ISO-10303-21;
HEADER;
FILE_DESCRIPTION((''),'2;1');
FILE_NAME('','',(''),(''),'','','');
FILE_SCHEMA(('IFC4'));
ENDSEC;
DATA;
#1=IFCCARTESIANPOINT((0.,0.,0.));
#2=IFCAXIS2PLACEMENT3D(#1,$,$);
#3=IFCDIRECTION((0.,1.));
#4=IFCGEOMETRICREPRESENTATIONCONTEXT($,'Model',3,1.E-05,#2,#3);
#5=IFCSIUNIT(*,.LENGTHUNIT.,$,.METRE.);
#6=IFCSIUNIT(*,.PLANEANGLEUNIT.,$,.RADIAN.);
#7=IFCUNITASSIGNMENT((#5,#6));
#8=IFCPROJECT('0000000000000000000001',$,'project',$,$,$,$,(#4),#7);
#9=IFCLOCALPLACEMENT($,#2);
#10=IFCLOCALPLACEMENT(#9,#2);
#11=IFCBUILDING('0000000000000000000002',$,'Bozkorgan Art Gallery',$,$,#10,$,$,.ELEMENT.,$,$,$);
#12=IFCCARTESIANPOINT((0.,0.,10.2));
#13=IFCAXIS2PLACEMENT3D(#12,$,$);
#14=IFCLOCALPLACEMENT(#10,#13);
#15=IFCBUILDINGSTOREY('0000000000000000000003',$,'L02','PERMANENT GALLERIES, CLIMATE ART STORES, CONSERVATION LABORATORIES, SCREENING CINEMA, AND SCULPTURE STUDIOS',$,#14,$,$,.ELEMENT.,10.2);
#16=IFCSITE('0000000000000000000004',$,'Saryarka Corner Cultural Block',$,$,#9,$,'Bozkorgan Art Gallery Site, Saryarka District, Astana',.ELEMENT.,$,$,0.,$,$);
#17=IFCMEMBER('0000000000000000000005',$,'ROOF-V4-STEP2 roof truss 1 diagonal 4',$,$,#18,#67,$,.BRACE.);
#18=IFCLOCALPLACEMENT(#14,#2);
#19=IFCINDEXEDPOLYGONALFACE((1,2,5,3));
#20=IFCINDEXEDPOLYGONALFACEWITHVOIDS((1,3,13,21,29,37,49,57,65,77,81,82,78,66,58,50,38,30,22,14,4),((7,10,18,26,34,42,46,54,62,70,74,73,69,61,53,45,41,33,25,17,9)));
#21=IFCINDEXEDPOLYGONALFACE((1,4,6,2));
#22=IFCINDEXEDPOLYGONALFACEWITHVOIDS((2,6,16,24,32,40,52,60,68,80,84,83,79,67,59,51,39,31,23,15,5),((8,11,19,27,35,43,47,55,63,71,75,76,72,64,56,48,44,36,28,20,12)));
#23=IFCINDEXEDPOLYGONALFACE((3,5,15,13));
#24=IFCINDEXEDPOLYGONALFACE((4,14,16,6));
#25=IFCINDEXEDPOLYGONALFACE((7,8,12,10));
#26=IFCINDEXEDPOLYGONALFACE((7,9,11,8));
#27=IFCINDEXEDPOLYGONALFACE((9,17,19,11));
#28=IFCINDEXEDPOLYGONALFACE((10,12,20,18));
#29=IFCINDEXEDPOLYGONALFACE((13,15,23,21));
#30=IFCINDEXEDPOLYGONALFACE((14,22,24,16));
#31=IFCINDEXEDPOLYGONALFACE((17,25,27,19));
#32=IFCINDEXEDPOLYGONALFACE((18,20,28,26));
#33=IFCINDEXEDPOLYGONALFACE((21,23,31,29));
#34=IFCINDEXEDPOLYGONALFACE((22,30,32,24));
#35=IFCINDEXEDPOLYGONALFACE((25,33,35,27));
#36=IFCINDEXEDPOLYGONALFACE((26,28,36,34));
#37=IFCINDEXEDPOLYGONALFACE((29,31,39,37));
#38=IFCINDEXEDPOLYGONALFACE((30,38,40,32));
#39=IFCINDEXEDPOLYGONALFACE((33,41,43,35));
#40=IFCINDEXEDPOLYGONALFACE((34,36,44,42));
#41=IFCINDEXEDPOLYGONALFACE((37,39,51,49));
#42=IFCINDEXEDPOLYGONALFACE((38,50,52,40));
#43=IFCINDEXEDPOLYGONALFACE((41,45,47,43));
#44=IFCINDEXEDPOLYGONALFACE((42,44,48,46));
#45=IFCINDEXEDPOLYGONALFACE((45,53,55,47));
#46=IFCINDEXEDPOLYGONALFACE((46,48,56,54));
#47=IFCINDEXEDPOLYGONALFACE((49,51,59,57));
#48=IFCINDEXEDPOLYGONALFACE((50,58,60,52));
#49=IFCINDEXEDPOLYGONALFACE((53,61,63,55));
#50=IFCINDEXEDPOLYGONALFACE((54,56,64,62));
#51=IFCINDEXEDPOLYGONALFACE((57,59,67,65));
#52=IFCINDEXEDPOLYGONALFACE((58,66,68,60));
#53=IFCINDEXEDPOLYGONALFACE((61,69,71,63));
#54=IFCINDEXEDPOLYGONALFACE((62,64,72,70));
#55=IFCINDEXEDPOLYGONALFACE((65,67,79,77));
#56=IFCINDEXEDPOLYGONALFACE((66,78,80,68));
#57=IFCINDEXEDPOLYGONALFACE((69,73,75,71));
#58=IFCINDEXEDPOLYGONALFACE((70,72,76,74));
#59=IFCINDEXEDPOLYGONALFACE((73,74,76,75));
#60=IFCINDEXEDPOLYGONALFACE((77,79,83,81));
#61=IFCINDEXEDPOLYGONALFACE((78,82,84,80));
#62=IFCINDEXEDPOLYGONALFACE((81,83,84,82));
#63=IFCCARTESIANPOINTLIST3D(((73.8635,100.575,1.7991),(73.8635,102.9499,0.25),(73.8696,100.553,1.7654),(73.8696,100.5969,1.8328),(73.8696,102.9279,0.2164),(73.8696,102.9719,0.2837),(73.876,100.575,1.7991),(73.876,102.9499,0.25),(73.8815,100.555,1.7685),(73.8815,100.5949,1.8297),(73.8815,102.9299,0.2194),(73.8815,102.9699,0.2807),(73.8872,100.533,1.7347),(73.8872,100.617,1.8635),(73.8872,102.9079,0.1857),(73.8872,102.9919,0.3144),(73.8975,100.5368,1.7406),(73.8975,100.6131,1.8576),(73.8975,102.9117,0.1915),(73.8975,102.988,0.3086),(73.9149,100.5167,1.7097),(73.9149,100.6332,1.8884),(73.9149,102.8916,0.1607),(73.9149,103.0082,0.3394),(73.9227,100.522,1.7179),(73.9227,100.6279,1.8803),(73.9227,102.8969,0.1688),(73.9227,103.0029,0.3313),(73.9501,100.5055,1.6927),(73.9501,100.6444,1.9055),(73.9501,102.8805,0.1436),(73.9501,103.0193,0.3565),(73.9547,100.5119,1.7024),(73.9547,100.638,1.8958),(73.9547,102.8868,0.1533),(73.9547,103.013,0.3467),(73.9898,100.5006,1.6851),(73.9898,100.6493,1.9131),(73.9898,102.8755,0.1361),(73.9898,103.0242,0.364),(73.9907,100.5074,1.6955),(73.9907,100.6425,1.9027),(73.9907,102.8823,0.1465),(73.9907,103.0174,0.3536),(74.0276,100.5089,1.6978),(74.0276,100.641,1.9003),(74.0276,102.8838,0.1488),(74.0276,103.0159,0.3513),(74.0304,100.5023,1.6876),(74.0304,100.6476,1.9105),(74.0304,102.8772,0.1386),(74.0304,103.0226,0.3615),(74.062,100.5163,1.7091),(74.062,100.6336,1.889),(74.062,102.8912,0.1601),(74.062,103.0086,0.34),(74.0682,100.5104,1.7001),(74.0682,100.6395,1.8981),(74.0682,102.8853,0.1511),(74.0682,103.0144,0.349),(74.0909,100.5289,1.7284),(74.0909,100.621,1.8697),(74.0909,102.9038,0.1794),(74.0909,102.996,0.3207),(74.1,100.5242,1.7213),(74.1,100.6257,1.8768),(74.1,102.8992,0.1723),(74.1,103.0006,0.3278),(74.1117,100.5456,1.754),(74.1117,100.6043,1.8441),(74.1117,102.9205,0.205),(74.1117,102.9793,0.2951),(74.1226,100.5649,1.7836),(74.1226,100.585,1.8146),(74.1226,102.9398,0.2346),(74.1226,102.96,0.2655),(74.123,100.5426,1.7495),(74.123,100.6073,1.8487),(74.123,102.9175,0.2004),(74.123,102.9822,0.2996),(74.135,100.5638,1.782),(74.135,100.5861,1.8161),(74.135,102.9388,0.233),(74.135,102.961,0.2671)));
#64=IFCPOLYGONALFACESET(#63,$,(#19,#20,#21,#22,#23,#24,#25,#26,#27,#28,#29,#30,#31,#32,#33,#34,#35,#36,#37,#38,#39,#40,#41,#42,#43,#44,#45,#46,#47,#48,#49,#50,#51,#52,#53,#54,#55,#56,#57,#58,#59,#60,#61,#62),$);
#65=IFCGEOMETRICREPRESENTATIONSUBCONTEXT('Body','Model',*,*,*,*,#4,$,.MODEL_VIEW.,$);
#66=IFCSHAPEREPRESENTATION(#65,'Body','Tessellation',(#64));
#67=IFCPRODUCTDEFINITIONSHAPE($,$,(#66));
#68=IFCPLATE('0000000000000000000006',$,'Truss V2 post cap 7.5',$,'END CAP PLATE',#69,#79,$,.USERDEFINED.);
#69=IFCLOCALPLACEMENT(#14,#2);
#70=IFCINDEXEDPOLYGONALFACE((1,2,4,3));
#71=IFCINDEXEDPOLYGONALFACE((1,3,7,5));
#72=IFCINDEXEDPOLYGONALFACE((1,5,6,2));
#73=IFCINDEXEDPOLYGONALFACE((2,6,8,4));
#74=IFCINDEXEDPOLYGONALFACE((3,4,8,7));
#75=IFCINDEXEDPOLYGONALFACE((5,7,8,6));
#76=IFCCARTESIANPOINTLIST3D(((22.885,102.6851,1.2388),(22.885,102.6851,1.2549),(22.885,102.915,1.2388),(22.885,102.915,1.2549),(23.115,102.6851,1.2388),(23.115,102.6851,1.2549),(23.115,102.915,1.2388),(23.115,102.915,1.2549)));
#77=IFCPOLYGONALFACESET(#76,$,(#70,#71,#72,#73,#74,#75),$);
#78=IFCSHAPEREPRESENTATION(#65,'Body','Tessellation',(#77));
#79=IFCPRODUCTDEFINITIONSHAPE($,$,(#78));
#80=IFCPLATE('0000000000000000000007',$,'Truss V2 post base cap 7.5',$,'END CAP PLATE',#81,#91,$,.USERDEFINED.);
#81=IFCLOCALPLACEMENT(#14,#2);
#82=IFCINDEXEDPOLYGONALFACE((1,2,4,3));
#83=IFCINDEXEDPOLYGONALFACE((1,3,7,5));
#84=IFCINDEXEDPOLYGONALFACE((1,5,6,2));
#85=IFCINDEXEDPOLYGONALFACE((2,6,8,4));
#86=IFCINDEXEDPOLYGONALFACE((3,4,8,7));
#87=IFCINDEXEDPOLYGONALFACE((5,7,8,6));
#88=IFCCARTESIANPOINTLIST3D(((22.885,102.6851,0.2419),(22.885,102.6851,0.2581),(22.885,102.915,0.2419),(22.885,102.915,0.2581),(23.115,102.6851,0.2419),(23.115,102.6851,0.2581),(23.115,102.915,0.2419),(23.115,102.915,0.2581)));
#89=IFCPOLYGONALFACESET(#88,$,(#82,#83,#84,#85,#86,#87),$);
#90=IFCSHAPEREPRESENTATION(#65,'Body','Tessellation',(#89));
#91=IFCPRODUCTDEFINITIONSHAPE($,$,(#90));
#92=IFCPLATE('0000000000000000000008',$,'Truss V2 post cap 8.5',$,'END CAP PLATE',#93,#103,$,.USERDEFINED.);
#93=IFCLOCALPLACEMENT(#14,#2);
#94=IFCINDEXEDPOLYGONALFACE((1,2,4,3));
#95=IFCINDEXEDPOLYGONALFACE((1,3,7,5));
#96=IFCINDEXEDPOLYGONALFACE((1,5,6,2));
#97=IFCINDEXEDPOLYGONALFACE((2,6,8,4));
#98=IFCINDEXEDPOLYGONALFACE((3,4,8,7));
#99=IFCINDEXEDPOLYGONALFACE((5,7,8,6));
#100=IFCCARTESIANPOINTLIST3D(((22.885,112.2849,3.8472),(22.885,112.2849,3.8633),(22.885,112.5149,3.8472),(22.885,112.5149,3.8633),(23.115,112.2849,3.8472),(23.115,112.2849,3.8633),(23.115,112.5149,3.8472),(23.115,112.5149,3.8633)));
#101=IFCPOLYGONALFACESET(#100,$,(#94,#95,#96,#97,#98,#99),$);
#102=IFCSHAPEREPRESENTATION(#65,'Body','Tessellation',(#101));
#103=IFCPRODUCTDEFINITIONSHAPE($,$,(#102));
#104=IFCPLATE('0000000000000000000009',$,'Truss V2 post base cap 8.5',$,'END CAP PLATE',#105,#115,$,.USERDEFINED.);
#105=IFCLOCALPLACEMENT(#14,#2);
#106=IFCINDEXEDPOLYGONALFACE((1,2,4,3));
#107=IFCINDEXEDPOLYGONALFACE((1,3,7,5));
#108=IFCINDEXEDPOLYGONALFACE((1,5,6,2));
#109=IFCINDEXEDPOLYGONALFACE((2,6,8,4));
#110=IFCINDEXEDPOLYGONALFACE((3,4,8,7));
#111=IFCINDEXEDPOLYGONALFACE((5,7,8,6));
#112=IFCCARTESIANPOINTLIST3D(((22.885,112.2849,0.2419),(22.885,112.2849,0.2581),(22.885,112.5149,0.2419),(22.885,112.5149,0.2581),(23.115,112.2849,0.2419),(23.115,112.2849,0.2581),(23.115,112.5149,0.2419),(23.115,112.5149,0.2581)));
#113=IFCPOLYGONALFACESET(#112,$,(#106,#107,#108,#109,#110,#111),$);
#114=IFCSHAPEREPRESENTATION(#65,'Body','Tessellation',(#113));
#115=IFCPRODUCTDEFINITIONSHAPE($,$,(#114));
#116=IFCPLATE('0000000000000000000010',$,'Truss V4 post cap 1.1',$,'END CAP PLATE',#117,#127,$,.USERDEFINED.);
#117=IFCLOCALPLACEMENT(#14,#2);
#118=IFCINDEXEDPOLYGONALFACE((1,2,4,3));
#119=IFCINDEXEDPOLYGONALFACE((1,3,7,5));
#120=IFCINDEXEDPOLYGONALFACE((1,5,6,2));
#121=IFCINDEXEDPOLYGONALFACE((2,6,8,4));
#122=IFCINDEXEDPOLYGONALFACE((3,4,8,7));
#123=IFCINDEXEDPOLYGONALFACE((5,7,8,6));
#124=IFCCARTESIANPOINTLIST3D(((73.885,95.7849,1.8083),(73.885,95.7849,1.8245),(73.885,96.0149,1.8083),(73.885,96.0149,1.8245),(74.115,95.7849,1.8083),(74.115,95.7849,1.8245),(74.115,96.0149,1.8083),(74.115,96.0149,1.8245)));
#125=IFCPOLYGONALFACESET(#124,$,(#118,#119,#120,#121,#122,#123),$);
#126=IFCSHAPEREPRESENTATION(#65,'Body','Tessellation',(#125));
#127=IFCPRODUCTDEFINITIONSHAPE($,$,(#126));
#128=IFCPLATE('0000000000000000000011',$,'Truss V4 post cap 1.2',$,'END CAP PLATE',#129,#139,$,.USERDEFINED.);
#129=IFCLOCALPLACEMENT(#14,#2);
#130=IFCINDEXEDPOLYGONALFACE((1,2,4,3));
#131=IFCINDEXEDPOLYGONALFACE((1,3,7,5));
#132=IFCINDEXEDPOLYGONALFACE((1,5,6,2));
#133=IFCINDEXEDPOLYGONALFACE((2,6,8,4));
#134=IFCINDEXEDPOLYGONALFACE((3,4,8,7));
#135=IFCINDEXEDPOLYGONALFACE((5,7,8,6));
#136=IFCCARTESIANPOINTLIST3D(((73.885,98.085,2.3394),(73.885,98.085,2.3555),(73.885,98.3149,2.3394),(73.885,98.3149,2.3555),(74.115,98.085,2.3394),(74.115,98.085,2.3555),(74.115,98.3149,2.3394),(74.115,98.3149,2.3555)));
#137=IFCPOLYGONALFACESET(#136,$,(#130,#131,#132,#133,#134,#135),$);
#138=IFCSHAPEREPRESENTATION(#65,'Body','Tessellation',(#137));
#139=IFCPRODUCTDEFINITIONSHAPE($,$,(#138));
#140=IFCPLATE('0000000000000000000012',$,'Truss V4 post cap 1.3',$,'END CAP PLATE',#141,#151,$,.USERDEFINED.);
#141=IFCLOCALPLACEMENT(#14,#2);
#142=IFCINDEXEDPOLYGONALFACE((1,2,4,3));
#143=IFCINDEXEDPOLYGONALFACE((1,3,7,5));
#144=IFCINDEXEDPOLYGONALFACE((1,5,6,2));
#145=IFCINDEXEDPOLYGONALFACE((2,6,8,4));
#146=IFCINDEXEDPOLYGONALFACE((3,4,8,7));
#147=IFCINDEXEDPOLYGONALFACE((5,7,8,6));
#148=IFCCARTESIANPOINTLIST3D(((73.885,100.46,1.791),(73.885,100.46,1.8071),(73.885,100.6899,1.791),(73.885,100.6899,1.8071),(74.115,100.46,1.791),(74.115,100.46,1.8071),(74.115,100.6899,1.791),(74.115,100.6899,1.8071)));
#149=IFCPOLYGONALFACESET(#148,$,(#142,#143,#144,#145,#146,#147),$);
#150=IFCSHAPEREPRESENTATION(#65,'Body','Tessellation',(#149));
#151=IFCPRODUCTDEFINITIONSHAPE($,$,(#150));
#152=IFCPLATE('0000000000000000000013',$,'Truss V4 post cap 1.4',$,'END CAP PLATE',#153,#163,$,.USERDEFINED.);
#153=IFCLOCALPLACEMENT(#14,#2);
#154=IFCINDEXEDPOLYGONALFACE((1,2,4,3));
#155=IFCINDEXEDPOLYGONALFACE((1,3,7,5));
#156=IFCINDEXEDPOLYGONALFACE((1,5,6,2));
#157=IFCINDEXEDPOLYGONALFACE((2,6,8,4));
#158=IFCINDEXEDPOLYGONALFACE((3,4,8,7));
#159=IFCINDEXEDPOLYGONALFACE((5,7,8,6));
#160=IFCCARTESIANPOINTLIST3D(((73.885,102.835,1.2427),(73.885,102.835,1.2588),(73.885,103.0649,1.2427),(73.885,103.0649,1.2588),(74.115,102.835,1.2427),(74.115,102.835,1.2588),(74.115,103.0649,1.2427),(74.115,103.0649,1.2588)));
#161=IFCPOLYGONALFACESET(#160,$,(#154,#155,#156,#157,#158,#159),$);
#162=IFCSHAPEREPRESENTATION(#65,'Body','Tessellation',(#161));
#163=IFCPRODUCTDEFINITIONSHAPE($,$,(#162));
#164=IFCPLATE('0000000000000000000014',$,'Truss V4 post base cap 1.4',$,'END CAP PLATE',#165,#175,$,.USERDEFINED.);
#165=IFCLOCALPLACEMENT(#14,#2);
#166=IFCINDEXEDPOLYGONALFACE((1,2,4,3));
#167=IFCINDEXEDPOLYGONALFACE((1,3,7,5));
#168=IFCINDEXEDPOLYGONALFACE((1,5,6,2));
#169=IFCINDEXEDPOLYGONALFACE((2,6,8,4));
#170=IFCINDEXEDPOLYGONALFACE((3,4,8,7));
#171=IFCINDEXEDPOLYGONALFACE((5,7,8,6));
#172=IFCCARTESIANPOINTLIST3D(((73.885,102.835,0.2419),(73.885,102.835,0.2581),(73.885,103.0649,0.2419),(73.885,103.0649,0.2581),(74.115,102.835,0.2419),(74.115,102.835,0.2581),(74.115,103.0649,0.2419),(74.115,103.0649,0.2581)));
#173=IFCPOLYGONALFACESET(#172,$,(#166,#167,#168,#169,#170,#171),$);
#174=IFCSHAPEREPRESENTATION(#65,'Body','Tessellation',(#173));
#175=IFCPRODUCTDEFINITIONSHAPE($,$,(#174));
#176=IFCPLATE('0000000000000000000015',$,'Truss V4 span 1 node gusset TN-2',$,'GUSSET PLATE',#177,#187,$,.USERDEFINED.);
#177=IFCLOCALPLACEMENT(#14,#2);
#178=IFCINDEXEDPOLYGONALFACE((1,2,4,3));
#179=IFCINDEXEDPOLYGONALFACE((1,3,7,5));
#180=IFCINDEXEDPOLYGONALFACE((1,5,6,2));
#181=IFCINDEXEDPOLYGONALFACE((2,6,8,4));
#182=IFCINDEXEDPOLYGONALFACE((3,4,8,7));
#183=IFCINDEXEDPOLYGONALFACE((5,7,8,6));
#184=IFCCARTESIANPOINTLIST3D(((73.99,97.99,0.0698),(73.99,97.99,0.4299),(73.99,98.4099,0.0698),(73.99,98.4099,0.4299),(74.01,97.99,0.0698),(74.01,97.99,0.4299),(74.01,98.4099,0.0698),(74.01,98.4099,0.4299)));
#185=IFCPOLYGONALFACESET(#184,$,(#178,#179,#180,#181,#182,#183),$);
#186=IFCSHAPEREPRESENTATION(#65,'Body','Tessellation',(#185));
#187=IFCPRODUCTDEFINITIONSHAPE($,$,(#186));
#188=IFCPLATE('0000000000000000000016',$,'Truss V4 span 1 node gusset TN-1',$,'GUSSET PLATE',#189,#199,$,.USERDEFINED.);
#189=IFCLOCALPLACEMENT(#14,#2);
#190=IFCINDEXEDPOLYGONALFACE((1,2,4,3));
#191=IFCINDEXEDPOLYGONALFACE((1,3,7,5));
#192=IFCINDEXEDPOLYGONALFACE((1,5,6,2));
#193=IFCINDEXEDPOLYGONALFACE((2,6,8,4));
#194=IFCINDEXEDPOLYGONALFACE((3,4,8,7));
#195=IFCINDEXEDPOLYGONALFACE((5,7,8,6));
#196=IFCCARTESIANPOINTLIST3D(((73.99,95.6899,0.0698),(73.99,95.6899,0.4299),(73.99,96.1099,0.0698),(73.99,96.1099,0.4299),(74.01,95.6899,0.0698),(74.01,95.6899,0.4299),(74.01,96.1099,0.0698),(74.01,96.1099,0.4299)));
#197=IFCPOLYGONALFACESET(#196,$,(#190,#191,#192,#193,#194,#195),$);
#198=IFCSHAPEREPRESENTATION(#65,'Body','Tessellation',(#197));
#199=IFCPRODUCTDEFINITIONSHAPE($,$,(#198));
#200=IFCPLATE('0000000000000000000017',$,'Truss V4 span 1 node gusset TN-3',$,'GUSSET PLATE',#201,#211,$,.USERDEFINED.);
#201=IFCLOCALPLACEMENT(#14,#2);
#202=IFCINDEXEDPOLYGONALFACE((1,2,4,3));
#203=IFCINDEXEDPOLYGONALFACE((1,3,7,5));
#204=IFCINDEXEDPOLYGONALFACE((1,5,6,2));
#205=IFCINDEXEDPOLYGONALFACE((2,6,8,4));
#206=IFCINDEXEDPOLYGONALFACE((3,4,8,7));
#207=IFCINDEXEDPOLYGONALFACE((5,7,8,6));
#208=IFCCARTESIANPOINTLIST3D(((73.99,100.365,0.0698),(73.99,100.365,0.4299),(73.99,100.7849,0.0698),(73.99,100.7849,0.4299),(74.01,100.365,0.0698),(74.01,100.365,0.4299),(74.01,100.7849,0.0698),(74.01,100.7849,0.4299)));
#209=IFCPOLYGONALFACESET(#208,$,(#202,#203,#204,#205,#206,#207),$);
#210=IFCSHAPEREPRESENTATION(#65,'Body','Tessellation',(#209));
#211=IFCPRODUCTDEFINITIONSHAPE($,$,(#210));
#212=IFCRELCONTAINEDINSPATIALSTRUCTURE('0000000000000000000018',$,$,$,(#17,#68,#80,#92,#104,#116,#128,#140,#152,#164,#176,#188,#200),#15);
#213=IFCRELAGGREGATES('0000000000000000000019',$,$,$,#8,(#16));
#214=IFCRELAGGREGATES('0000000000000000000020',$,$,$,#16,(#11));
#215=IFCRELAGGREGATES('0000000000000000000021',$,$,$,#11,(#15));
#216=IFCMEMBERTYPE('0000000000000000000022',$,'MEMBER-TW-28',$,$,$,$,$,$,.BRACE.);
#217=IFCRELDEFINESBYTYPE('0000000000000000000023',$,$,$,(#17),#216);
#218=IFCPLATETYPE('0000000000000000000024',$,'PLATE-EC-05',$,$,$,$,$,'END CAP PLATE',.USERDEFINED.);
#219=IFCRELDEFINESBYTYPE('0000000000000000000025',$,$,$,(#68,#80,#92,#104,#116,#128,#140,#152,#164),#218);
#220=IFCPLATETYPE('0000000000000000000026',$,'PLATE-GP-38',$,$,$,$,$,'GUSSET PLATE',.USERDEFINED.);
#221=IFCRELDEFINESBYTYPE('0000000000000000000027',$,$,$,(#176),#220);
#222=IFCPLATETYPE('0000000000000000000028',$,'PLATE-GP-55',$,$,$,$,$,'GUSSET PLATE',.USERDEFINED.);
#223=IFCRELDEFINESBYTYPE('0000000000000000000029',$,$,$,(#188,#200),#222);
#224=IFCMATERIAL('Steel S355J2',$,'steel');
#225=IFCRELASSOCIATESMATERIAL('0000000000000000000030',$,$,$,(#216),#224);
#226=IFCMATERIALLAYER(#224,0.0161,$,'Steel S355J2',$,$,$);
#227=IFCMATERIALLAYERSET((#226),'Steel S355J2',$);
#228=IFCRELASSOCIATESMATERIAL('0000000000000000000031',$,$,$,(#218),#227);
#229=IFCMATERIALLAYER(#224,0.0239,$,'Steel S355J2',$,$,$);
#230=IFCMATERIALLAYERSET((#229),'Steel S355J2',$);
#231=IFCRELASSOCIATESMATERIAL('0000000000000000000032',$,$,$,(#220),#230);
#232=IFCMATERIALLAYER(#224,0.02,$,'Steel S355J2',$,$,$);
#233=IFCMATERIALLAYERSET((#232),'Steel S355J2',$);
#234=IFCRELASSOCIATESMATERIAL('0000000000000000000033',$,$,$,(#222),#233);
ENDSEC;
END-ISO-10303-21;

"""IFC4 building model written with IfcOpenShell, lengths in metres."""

from ifc_helpers import new_model, si_unit, direction, frame, origin, origin_2d, place, context, subcontext, project, spatial, rectangle, hollow_circle, extrude, material, layer, layer_set, material_profile, profile_set, type_object, element, save


model = new_model("IFC4")

# Units and contexts
model_context = context("Model", 3, precision=1e-05, world=origin(), true_north=direction((0.0, 1.0)))
body_context = subcontext(model_context, "Body", "Model", "MODEL_VIEW")
ifc_project = project(units=[si_unit("LENGTHUNIT", "METRE"), si_unit("PLANEANGLEUNIT", "RADIAN")], contexts=[model_context])

# Site, building, storey
site_placement = place(None, origin())
site = spatial("IfcSite", under=ifc_project, at=site_placement, Name="Saryarka Corner Cultural Block", LongName="Bozkorgan Art Gallery Site, Saryarka District, Astana", CompositionType="ELEMENT", RefElevation=0.0)
building_placement = place(site_placement, origin())
building = spatial("IfcBuilding", under=site, at=building_placement, Name="Bozkorgan Art Gallery", CompositionType="ELEMENT")
storey_placement = place(building_placement, frame((0.0, 0.0, 10.2)))
storey = spatial("IfcBuildingStorey", under=building, at=storey_placement, Name="L02", Description="PERMANENT GALLERIES, CLIMATE ART STORES, CONSERVATION LABORATORIES, SCREENING CINEMA, AND SCULPTURE STUDIOS", CompositionType="ELEMENT", Elevation=10.2)

# Shared definitions
ifc_material_1 = material(Name="Steel S355J2", Category="steel")

# Member
ifc_material_profile_1 = material_profile(ifc_material_1, hollow_circle(Radius=0.1365, WallThickness=0.0125, at=origin_2d()), Name="CHS 273x12.5")
ifc_profile_set_1 = profile_set([ifc_material_profile_1], Name="Steel S355J2")
member_type_1 = type_object("IfcMemberType", Name="MEMBER-TW-28", PredefinedType="BRACE", material=ifc_profile_set_1)
for number, where, z_axis, x_axis, name in (
    (1, (74.0, 100.575, 1.7991), (0.0, 0.837585, -0.546307), (-1.0, 0.0, 0.0), "ROOF-V4-STEP2 roof truss 1 diagonal 4"),
):
    element("IfcMember", number, at=place(storey_placement, frame(where, z_axis=z_axis, x_axis=x_axis)), inside=storey, type_object=member_type_1, Name=name, PredefinedType="BRACE", context=body_context, shape_type="SweptSolid", body=[
        extrude(hollow_circle(Radius=0.1365, WallThickness=0.0125, at=origin_2d()), origin(), (0.0, 0.0, 1.0), 2.8354),
    ])

# Plates
ifc_layer_1 = layer(ifc_material_1, 0.0161, Name="Steel S355J2")
ifc_layer_set_1 = layer_set([ifc_layer_1], Name="Steel S355J2")
plate_type_1 = type_object("IfcPlateType", Name="PLATE-EC-05", ElementType="END CAP PLATE", PredefinedType="USERDEFINED", material=ifc_layer_set_1)
for number, where, z_axis, x_axis, name in (
    (2, (23.0, 102.8, 1.2388), (0.0, 0.0, 1.0), (1.0, 0.0, 0.0), "Truss V2 post cap 7.5"),
    (3, (23.0, 102.8, 0.2419), (0.0, 0.0, 1.0), (1.0, 0.0, 0.0), "Truss V2 post base cap 7.5"),
    (4, (23.0, 112.3999, 3.8472), (0.0, 0.0, 1.0), (1.0, 0.0, 0.0), "Truss V2 post cap 8.5"),
    (5, (23.0, 112.3999, 0.2419), (0.0, 0.0, 1.0), (1.0, 0.0, 0.0), "Truss V2 post base cap 8.5"),
    (6, (74.0, 95.8999, 1.8083), (0.0, 0.0, 1.0), (1.0, 0.0, 0.0), "Truss V4 post cap 1.1"),
    (7, (74.0, 98.2, 2.3394), (0.0, 0.0, 1.0), (1.0, 0.0, 0.0), "Truss V4 post cap 1.2"),
    (8, (74.0, 100.575, 1.791), (0.0, 0.0, 1.0), (1.0, 0.0, 0.0), "Truss V4 post cap 1.3"),
    (9, (74.0, 102.95, 1.2427), (0.0, 0.0, 1.0), (1.0, 0.0, 0.0), "Truss V4 post cap 1.4"),
    (10, (74.0, 102.95, 0.2419), (0.0, 0.0, 1.0), (1.0, 0.0, 0.0), "Truss V4 post base cap 1.4"),
):
    element("IfcPlate", number, at=place(storey_placement, frame(where, z_axis=z_axis, x_axis=x_axis)), inside=storey, type_object=plate_type_1, Name=name, ObjectType="END CAP PLATE", PredefinedType="USERDEFINED", context=body_context, shape_type="SweptSolid", body=[
        extrude(rectangle(XDim=0.23, YDim=0.23, at=origin_2d()), origin(), (0.0, 0.0, 1.0), 0.0161),
    ])
ifc_layer_2 = layer(ifc_material_1, 0.0239, Name="Steel S355J2")
ifc_layer_set_2 = layer_set([ifc_layer_2], Name="Steel S355J2")
plate_type_2 = type_object("IfcPlateType", Name="PLATE-GP-38", ElementType="GUSSET PLATE", PredefinedType="USERDEFINED", material=ifc_layer_set_2)
plate_placement = place(storey_placement, frame((74.0, 98.2, 0.0698), z_axis=(0.0, 0.0, 1.0), x_axis=(1.0, 0.0, 0.0)))
element("IfcPlate", 11, at=plate_placement, inside=storey, type_object=plate_type_2, Name="Truss V4 span 1 node gusset TN-2", ObjectType="GUSSET PLATE", PredefinedType="USERDEFINED", context=body_context, shape_type="SweptSolid", body=[
    extrude(rectangle(XDim=0.02, YDim=0.4199, at=origin_2d()), origin(), (0.0, 0.0, 1.0), 0.3601),
])
ifc_layer_3 = layer(ifc_material_1, 0.02, Name="Steel S355J2")
ifc_layer_set_3 = layer_set([ifc_layer_3], Name="Steel S355J2")
plate_type_3 = type_object("IfcPlateType", Name="PLATE-GP-55", ElementType="GUSSET PLATE", PredefinedType="USERDEFINED", material=ifc_layer_set_3)
for number, where, z_axis, x_axis, name in (
    (12, (74.0, 95.8999, 0.0698), (0.0, 0.0, 1.0), (1.0, 0.0, 0.0), "Truss V4 span 1 node gusset TN-1"),
    (13, (74.0, 100.575, 0.0698), (0.0, 0.0, 1.0), (1.0, 0.0, 0.0), "Truss V4 span 1 node gusset TN-3"),
):
    element("IfcPlate", number, at=place(storey_placement, frame(where, z_axis=z_axis, x_axis=x_axis)), inside=storey, type_object=plate_type_3, Name=name, ObjectType="GUSSET PLATE", PredefinedType="USERDEFINED", context=body_context, shape_type="SweptSolid", body=[
        extrude(rectangle(XDim=0.02, YDim=0.4199, at=origin_2d()), origin(), (0.0, 0.0, 1.0), 0.3601),
    ])

save(model, "model.ifc")
